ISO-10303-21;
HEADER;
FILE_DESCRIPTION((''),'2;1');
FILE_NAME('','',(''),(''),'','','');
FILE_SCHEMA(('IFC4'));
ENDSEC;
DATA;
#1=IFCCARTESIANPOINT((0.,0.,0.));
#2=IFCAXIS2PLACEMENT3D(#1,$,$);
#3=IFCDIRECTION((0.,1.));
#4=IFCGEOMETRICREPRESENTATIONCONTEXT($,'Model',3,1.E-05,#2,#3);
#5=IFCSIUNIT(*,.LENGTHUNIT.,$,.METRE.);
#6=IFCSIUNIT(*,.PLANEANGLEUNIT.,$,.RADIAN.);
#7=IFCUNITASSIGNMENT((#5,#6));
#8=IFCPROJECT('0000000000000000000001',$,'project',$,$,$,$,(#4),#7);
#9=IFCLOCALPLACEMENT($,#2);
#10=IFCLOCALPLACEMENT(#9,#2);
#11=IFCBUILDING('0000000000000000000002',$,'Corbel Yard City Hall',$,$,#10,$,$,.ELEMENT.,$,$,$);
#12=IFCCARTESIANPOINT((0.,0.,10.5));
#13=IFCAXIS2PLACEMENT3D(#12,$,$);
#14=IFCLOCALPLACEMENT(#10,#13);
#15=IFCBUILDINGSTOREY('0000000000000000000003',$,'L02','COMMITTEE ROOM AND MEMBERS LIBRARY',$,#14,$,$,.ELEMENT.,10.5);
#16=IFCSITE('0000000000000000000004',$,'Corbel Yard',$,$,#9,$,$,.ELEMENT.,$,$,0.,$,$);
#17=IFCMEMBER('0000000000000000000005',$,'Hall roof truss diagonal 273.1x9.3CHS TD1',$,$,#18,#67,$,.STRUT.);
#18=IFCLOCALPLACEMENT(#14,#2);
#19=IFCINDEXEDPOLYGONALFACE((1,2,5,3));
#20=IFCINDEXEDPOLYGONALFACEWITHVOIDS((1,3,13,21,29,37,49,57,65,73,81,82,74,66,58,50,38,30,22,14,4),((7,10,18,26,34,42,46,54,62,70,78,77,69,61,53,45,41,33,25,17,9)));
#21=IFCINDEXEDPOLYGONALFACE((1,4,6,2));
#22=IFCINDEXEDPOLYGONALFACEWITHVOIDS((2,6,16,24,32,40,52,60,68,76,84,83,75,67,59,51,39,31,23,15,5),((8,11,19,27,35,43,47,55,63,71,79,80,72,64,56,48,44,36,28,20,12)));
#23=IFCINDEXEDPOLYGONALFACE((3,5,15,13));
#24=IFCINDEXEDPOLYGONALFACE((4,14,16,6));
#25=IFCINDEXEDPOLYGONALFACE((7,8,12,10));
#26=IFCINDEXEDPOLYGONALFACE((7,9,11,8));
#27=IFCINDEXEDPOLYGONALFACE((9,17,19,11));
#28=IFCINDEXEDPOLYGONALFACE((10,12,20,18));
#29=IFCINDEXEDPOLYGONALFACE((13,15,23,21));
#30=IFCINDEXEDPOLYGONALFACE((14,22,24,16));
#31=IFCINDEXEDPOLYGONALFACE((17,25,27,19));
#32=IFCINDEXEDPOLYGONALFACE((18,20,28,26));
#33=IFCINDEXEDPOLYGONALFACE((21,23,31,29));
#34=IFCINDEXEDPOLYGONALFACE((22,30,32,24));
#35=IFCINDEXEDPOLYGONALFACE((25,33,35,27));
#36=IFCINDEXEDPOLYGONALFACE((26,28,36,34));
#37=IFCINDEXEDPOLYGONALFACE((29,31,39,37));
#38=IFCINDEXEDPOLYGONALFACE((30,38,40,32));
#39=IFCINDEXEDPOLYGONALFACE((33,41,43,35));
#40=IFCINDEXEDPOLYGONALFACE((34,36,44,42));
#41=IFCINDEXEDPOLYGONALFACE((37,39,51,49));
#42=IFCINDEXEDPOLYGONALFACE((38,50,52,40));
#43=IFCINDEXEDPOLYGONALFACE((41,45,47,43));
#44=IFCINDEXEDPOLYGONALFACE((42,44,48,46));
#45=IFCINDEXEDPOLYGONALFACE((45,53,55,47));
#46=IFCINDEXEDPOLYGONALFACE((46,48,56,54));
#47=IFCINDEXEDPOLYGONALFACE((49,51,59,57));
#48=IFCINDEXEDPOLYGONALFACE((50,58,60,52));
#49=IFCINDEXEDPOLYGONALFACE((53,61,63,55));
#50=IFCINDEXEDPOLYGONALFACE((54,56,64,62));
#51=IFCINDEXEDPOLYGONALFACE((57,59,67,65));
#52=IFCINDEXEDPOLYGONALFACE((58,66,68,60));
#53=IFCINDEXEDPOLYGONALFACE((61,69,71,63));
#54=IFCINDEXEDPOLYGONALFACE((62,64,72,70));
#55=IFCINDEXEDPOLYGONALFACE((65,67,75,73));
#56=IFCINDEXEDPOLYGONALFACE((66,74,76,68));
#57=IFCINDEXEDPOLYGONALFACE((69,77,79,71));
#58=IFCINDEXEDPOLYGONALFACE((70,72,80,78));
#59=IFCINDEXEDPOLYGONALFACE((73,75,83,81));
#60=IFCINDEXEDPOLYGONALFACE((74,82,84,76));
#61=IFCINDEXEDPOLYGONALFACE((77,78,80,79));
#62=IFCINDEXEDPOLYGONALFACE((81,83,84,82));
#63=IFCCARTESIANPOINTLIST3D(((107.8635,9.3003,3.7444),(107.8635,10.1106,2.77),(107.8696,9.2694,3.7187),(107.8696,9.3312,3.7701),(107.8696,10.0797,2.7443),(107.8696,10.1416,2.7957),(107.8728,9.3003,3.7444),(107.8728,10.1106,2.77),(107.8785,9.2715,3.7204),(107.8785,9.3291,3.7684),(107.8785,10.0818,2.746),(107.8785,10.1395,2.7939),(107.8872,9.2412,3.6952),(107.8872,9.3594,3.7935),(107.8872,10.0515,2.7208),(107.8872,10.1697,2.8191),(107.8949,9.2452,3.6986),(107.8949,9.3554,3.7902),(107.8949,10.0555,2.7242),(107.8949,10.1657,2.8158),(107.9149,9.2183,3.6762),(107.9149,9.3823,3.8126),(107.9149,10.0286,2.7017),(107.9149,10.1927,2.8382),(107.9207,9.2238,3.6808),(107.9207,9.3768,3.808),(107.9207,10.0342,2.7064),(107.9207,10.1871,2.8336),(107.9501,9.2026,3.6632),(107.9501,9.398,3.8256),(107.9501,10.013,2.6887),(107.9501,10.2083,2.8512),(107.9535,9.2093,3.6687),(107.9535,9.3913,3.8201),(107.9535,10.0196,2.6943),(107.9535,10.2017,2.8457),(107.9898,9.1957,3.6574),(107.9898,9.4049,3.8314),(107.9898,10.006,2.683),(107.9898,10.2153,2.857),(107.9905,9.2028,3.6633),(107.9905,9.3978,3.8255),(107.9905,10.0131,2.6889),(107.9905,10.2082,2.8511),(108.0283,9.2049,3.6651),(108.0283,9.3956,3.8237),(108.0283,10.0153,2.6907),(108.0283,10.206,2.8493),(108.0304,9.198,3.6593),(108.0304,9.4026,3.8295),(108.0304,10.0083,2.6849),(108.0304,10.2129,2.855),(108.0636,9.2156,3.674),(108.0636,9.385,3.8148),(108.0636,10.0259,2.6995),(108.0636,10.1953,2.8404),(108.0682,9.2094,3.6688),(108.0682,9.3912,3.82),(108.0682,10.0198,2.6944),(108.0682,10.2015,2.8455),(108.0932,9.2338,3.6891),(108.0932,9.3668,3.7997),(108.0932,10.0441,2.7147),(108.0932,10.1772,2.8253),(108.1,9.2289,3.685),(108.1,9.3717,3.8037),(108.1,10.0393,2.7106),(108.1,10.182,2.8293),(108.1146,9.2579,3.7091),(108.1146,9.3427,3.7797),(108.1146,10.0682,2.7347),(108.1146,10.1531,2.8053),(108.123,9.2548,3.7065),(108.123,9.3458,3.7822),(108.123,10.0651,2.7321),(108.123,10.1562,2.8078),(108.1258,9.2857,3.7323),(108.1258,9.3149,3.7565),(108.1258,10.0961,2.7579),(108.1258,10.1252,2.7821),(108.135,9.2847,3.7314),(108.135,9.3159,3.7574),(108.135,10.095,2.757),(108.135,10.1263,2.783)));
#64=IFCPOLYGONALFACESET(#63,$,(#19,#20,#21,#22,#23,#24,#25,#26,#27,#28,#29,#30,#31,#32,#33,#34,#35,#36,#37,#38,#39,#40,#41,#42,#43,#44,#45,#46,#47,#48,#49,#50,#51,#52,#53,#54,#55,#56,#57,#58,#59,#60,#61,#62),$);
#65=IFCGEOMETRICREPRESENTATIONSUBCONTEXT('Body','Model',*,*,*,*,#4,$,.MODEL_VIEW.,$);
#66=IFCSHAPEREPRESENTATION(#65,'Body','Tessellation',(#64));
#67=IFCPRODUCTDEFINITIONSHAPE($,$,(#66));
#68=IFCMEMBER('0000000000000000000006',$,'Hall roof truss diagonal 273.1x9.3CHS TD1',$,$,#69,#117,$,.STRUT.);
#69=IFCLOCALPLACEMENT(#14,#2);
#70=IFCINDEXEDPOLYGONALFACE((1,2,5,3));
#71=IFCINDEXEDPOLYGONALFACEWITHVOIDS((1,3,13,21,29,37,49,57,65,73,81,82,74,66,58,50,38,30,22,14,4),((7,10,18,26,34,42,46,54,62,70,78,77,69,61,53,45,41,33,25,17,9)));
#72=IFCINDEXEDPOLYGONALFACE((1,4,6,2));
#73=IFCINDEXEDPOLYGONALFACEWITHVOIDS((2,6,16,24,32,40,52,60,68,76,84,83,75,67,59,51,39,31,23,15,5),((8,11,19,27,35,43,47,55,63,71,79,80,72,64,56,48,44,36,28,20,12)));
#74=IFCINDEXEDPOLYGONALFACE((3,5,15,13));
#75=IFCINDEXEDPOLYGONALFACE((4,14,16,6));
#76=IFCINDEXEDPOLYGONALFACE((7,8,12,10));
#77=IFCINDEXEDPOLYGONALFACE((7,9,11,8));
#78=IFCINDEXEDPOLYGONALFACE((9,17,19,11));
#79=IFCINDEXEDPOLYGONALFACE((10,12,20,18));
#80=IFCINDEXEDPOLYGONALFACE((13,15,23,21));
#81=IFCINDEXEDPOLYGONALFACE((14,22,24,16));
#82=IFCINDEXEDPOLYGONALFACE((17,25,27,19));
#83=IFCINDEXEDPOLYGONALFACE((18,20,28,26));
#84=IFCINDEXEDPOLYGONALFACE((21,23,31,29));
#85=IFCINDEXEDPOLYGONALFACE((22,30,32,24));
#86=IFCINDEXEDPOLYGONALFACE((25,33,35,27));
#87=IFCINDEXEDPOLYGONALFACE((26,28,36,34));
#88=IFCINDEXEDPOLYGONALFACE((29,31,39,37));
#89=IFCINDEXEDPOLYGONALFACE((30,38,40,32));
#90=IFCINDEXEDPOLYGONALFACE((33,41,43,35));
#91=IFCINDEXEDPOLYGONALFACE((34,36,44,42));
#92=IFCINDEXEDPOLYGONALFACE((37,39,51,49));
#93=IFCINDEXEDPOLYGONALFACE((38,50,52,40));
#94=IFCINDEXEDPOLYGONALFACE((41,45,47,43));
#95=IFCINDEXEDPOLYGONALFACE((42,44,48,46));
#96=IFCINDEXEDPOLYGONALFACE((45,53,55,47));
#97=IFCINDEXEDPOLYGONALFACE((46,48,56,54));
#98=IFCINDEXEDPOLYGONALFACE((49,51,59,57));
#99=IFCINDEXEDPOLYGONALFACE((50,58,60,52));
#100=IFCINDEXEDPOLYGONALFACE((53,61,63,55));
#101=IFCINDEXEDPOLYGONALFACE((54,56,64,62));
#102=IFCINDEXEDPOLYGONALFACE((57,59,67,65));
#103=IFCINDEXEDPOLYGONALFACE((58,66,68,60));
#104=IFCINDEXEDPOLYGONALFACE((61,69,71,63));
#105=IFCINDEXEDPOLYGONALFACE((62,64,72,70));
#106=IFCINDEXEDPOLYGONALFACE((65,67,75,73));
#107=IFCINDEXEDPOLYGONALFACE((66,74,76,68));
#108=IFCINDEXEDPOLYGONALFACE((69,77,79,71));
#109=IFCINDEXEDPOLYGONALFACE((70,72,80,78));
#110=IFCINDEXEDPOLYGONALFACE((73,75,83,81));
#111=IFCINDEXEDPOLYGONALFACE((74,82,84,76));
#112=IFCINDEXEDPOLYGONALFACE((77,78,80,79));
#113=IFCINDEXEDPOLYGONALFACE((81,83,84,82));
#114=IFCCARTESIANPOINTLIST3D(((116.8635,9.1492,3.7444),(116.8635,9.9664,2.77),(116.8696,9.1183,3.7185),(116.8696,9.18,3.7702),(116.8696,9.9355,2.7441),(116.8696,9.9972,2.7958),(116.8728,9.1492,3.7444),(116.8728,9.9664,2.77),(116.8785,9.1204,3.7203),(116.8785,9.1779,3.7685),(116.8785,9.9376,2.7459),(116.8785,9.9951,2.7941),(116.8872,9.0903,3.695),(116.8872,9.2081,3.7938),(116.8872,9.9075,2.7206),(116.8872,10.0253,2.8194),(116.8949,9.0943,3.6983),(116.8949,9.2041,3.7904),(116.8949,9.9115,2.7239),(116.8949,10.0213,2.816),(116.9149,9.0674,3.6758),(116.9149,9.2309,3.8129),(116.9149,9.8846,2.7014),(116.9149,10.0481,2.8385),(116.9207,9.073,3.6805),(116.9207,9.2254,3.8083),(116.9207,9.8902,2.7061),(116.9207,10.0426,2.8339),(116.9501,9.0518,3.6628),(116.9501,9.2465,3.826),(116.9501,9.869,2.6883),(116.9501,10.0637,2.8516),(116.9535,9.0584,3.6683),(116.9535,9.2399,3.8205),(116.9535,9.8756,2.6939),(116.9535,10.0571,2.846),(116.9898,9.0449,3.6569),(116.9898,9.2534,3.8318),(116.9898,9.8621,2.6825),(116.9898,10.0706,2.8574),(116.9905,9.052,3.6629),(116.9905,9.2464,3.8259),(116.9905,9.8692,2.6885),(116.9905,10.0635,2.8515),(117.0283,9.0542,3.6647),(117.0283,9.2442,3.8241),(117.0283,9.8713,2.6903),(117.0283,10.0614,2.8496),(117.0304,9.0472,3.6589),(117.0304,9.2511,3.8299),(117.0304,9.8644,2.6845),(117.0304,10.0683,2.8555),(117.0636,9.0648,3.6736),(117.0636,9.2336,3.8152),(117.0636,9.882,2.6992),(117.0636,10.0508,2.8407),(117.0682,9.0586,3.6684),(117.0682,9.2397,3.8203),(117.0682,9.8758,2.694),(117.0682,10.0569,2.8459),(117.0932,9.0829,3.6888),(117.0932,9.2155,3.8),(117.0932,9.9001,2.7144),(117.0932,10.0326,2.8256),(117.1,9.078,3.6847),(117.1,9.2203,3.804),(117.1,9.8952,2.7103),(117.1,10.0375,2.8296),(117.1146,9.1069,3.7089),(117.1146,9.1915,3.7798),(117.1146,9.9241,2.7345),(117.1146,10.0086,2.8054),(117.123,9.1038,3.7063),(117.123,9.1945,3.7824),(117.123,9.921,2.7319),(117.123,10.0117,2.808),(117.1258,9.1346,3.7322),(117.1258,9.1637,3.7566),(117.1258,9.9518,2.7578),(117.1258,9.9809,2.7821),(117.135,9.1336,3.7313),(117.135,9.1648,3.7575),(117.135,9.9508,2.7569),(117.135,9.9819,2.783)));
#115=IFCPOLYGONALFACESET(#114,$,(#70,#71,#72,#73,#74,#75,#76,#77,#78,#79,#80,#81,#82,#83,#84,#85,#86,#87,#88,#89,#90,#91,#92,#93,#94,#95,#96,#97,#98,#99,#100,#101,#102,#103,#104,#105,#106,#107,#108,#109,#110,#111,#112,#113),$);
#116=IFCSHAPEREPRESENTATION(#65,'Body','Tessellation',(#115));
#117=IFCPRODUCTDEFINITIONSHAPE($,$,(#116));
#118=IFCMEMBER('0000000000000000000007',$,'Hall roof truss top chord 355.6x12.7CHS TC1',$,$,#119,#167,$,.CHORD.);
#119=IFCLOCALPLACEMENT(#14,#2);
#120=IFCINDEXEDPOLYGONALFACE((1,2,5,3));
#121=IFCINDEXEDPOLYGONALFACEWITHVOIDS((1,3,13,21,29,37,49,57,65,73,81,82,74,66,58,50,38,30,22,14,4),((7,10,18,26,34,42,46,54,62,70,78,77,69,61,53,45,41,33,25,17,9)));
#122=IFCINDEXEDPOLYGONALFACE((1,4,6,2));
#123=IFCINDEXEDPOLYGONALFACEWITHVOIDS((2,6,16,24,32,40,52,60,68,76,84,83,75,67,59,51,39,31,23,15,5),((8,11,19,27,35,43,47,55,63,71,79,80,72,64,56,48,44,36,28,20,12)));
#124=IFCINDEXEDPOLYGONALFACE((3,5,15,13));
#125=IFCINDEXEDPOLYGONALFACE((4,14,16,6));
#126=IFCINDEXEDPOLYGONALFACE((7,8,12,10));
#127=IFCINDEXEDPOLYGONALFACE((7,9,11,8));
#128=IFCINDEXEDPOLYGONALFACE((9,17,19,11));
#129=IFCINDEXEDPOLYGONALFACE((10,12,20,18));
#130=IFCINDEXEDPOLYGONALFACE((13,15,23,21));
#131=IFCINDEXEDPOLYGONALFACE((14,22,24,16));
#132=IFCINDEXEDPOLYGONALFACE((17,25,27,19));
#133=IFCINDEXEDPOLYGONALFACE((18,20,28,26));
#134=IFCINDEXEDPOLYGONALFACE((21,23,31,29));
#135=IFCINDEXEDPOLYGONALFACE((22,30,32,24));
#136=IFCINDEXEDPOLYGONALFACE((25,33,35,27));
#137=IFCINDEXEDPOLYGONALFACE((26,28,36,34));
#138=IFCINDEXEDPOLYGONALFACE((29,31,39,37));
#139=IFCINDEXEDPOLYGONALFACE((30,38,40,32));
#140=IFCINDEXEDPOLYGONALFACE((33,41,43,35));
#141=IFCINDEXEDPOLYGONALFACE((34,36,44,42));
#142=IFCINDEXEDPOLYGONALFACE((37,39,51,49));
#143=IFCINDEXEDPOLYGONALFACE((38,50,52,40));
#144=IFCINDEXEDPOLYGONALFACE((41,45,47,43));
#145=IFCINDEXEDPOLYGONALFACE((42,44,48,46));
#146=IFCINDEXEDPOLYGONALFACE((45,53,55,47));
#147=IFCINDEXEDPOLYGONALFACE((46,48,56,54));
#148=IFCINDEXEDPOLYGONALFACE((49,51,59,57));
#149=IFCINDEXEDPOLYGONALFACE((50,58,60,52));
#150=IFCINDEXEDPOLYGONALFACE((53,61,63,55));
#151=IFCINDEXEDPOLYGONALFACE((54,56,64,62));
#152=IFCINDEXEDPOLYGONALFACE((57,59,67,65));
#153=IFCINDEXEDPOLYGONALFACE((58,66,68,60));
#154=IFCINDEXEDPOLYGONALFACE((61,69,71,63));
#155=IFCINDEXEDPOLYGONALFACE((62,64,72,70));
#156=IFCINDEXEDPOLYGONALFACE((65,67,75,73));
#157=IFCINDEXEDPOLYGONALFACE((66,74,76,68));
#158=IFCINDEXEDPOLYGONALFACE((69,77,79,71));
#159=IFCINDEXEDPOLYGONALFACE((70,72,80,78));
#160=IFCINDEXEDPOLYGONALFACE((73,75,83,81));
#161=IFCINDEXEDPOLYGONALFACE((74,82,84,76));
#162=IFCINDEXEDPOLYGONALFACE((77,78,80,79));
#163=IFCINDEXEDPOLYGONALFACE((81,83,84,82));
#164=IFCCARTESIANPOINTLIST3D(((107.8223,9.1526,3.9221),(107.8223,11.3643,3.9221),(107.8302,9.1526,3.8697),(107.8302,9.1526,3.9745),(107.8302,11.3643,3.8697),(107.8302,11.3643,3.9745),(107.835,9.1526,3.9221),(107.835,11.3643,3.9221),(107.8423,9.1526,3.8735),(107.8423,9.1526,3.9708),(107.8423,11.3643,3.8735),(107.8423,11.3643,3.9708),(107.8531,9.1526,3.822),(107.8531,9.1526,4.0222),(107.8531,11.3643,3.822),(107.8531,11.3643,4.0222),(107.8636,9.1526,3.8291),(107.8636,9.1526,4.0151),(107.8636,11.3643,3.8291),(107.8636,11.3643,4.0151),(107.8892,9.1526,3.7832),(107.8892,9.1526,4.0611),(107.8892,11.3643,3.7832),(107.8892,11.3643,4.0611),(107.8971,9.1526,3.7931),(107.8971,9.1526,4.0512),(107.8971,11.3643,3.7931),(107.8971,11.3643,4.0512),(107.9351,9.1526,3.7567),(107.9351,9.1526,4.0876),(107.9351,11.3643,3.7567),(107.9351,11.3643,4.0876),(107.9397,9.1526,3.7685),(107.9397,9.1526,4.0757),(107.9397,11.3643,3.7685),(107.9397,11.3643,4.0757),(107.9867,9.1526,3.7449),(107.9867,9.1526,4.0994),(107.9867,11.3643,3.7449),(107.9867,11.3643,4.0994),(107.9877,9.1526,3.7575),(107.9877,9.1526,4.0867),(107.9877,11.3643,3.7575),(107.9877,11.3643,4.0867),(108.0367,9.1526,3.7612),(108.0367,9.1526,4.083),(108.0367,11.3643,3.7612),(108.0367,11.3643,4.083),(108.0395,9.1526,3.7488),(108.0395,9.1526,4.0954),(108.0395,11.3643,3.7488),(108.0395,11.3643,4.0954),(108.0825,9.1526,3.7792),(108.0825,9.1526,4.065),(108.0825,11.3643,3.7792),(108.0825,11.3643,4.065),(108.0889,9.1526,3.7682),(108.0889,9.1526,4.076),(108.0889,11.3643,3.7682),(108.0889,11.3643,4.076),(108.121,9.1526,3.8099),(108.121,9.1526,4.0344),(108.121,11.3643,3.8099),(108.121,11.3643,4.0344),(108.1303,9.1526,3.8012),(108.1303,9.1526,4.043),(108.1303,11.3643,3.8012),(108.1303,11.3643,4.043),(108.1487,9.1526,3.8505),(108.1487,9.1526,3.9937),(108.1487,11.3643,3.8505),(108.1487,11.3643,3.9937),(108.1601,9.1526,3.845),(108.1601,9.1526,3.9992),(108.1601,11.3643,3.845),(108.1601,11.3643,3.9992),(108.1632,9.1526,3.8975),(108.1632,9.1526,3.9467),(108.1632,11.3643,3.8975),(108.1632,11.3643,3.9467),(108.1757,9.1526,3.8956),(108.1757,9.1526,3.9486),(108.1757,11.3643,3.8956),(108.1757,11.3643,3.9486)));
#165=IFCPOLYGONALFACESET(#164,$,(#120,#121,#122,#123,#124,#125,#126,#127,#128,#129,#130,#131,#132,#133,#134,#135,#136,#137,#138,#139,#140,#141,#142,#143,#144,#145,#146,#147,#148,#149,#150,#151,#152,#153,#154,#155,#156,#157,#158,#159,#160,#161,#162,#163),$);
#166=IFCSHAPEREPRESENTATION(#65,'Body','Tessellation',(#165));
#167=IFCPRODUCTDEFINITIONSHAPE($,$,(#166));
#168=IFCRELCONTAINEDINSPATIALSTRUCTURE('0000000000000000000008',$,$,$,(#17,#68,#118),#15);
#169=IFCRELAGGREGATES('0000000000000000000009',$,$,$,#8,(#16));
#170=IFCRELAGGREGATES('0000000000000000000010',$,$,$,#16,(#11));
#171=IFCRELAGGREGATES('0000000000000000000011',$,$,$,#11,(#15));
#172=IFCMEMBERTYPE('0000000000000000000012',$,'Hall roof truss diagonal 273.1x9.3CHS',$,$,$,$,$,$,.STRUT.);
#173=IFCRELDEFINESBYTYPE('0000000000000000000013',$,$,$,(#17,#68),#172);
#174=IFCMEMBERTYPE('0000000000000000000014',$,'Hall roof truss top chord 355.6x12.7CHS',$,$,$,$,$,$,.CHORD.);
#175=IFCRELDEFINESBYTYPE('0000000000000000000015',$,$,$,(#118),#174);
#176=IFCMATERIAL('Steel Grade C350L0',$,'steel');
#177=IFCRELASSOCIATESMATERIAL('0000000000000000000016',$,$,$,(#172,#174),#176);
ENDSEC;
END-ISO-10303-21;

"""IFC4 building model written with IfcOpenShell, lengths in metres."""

from ifc_helpers import new_model, si_unit, direction, frame, origin, origin_2d, place, context, subcontext, project, spatial, hollow_circle, extrude, material, material_profile, profile_set, type_object, element, save


model = new_model("IFC4")

# Units and contexts
model_context = context("Model", 3, precision=1e-05, world=origin(), true_north=direction((0.0, 1.0)))
body_context = subcontext(model_context, "Body", "Model", "MODEL_VIEW")
ifc_project = project(units=[si_unit("LENGTHUNIT", "METRE"), si_unit("PLANEANGLEUNIT", "RADIAN")], contexts=[model_context])

# Site, building, storey
site_placement = place(None, origin())
site = spatial("IfcSite", under=ifc_project, at=site_placement, Name="Corbel Yard", CompositionType="ELEMENT", RefElevation=0.0)
building_placement = place(site_placement, origin())
building = spatial("IfcBuilding", under=site, at=building_placement, Name="Corbel Yard City Hall", CompositionType="ELEMENT")
storey_placement = place(building_placement, frame((0.0, 0.0, 10.5)))
storey = spatial("IfcBuildingStorey", under=building, at=storey_placement, Name="L02", Description="COMMITTEE ROOM AND MEMBERS LIBRARY", CompositionType="ELEMENT", Elevation=10.5)

# Members
ifc_material_1 = material(Name="Steel Grade C350L0", Category="steel")
ifc_material_profile_1 = material_profile(ifc_material_1, hollow_circle(Radius=0.1365, WallThickness=0.0093, at=origin_2d()), Name="273.1x9.3CHS")
ifc_profile_set_1 = profile_set([ifc_material_profile_1], Name="Steel Grade C350L0")
member_type_1 = type_object("IfcMemberType", Name="Hall roof truss diagonal 273.1x9.3CHS", PredefinedType="STRUT", material=ifc_profile_set_1)
member_1_placement = place(storey_placement, frame((108.0, 9.3003, 3.7444), z_axis=(0.0, 0.639407, -0.768868), x_axis=(-1.0, 0.0, 0.0)))
element("IfcMember", 1, at=member_1_placement, inside=storey, type_object=member_type_1, Name="Hall roof truss diagonal 273.1x9.3CHS TD1", PredefinedType="STRUT", context=body_context, shape_type="SweptSolid", body=[
    extrude(hollow_circle(Radius=0.1365, WallThickness=0.0093, at=origin_2d()), origin(), (0.0, 0.0, 1.0), 1.2673),
])
member_2_placement = place(storey_placement, frame((117.0, 9.1492, 3.7444), z_axis=(0.0, 0.64258, -0.766219), x_axis=(-1.0, 0.0, 0.0)))
element("IfcMember", 2, at=member_2_placement, inside=storey, type_object=member_type_1, Name="Hall roof truss diagonal 273.1x9.3CHS TD1", PredefinedType="STRUT", context=body_context, shape_type="SweptSolid", body=[
    extrude(hollow_circle(Radius=0.1365, WallThickness=0.0093, at=origin_2d()), origin(), (0.0, 0.0, 1.0), 1.2717),
])
ifc_material_profile_2 = material_profile(ifc_material_1, hollow_circle(Radius=0.1777, WallThickness=0.0127, at=origin_2d()), Name="355.6x12.7CHS")
ifc_profile_set_2 = profile_set([ifc_material_profile_2], Name="Steel Grade C350L0")
member_type_2 = type_object("IfcMemberType", Name="Hall roof truss top chord 355.6x12.7CHS", PredefinedType="CHORD", material=ifc_profile_set_2)
member_3_placement = place(storey_placement, frame((108.0, 9.1526, 3.9221), z_axis=(0.0, 1.0, 0.0), x_axis=(-1.0, 0.0, 0.0)))
element("IfcMember", 3, at=member_3_placement, inside=storey, type_object=member_type_2, Name="Hall roof truss top chord 355.6x12.7CHS TC1", PredefinedType="CHORD", context=body_context, shape_type="SweptSolid", body=[
    extrude(hollow_circle(Radius=0.1777, WallThickness=0.0127, at=origin_2d()), origin(), (0.0, 0.0, 1.0), 2.2117),
])

save(model, "model.ifc")
